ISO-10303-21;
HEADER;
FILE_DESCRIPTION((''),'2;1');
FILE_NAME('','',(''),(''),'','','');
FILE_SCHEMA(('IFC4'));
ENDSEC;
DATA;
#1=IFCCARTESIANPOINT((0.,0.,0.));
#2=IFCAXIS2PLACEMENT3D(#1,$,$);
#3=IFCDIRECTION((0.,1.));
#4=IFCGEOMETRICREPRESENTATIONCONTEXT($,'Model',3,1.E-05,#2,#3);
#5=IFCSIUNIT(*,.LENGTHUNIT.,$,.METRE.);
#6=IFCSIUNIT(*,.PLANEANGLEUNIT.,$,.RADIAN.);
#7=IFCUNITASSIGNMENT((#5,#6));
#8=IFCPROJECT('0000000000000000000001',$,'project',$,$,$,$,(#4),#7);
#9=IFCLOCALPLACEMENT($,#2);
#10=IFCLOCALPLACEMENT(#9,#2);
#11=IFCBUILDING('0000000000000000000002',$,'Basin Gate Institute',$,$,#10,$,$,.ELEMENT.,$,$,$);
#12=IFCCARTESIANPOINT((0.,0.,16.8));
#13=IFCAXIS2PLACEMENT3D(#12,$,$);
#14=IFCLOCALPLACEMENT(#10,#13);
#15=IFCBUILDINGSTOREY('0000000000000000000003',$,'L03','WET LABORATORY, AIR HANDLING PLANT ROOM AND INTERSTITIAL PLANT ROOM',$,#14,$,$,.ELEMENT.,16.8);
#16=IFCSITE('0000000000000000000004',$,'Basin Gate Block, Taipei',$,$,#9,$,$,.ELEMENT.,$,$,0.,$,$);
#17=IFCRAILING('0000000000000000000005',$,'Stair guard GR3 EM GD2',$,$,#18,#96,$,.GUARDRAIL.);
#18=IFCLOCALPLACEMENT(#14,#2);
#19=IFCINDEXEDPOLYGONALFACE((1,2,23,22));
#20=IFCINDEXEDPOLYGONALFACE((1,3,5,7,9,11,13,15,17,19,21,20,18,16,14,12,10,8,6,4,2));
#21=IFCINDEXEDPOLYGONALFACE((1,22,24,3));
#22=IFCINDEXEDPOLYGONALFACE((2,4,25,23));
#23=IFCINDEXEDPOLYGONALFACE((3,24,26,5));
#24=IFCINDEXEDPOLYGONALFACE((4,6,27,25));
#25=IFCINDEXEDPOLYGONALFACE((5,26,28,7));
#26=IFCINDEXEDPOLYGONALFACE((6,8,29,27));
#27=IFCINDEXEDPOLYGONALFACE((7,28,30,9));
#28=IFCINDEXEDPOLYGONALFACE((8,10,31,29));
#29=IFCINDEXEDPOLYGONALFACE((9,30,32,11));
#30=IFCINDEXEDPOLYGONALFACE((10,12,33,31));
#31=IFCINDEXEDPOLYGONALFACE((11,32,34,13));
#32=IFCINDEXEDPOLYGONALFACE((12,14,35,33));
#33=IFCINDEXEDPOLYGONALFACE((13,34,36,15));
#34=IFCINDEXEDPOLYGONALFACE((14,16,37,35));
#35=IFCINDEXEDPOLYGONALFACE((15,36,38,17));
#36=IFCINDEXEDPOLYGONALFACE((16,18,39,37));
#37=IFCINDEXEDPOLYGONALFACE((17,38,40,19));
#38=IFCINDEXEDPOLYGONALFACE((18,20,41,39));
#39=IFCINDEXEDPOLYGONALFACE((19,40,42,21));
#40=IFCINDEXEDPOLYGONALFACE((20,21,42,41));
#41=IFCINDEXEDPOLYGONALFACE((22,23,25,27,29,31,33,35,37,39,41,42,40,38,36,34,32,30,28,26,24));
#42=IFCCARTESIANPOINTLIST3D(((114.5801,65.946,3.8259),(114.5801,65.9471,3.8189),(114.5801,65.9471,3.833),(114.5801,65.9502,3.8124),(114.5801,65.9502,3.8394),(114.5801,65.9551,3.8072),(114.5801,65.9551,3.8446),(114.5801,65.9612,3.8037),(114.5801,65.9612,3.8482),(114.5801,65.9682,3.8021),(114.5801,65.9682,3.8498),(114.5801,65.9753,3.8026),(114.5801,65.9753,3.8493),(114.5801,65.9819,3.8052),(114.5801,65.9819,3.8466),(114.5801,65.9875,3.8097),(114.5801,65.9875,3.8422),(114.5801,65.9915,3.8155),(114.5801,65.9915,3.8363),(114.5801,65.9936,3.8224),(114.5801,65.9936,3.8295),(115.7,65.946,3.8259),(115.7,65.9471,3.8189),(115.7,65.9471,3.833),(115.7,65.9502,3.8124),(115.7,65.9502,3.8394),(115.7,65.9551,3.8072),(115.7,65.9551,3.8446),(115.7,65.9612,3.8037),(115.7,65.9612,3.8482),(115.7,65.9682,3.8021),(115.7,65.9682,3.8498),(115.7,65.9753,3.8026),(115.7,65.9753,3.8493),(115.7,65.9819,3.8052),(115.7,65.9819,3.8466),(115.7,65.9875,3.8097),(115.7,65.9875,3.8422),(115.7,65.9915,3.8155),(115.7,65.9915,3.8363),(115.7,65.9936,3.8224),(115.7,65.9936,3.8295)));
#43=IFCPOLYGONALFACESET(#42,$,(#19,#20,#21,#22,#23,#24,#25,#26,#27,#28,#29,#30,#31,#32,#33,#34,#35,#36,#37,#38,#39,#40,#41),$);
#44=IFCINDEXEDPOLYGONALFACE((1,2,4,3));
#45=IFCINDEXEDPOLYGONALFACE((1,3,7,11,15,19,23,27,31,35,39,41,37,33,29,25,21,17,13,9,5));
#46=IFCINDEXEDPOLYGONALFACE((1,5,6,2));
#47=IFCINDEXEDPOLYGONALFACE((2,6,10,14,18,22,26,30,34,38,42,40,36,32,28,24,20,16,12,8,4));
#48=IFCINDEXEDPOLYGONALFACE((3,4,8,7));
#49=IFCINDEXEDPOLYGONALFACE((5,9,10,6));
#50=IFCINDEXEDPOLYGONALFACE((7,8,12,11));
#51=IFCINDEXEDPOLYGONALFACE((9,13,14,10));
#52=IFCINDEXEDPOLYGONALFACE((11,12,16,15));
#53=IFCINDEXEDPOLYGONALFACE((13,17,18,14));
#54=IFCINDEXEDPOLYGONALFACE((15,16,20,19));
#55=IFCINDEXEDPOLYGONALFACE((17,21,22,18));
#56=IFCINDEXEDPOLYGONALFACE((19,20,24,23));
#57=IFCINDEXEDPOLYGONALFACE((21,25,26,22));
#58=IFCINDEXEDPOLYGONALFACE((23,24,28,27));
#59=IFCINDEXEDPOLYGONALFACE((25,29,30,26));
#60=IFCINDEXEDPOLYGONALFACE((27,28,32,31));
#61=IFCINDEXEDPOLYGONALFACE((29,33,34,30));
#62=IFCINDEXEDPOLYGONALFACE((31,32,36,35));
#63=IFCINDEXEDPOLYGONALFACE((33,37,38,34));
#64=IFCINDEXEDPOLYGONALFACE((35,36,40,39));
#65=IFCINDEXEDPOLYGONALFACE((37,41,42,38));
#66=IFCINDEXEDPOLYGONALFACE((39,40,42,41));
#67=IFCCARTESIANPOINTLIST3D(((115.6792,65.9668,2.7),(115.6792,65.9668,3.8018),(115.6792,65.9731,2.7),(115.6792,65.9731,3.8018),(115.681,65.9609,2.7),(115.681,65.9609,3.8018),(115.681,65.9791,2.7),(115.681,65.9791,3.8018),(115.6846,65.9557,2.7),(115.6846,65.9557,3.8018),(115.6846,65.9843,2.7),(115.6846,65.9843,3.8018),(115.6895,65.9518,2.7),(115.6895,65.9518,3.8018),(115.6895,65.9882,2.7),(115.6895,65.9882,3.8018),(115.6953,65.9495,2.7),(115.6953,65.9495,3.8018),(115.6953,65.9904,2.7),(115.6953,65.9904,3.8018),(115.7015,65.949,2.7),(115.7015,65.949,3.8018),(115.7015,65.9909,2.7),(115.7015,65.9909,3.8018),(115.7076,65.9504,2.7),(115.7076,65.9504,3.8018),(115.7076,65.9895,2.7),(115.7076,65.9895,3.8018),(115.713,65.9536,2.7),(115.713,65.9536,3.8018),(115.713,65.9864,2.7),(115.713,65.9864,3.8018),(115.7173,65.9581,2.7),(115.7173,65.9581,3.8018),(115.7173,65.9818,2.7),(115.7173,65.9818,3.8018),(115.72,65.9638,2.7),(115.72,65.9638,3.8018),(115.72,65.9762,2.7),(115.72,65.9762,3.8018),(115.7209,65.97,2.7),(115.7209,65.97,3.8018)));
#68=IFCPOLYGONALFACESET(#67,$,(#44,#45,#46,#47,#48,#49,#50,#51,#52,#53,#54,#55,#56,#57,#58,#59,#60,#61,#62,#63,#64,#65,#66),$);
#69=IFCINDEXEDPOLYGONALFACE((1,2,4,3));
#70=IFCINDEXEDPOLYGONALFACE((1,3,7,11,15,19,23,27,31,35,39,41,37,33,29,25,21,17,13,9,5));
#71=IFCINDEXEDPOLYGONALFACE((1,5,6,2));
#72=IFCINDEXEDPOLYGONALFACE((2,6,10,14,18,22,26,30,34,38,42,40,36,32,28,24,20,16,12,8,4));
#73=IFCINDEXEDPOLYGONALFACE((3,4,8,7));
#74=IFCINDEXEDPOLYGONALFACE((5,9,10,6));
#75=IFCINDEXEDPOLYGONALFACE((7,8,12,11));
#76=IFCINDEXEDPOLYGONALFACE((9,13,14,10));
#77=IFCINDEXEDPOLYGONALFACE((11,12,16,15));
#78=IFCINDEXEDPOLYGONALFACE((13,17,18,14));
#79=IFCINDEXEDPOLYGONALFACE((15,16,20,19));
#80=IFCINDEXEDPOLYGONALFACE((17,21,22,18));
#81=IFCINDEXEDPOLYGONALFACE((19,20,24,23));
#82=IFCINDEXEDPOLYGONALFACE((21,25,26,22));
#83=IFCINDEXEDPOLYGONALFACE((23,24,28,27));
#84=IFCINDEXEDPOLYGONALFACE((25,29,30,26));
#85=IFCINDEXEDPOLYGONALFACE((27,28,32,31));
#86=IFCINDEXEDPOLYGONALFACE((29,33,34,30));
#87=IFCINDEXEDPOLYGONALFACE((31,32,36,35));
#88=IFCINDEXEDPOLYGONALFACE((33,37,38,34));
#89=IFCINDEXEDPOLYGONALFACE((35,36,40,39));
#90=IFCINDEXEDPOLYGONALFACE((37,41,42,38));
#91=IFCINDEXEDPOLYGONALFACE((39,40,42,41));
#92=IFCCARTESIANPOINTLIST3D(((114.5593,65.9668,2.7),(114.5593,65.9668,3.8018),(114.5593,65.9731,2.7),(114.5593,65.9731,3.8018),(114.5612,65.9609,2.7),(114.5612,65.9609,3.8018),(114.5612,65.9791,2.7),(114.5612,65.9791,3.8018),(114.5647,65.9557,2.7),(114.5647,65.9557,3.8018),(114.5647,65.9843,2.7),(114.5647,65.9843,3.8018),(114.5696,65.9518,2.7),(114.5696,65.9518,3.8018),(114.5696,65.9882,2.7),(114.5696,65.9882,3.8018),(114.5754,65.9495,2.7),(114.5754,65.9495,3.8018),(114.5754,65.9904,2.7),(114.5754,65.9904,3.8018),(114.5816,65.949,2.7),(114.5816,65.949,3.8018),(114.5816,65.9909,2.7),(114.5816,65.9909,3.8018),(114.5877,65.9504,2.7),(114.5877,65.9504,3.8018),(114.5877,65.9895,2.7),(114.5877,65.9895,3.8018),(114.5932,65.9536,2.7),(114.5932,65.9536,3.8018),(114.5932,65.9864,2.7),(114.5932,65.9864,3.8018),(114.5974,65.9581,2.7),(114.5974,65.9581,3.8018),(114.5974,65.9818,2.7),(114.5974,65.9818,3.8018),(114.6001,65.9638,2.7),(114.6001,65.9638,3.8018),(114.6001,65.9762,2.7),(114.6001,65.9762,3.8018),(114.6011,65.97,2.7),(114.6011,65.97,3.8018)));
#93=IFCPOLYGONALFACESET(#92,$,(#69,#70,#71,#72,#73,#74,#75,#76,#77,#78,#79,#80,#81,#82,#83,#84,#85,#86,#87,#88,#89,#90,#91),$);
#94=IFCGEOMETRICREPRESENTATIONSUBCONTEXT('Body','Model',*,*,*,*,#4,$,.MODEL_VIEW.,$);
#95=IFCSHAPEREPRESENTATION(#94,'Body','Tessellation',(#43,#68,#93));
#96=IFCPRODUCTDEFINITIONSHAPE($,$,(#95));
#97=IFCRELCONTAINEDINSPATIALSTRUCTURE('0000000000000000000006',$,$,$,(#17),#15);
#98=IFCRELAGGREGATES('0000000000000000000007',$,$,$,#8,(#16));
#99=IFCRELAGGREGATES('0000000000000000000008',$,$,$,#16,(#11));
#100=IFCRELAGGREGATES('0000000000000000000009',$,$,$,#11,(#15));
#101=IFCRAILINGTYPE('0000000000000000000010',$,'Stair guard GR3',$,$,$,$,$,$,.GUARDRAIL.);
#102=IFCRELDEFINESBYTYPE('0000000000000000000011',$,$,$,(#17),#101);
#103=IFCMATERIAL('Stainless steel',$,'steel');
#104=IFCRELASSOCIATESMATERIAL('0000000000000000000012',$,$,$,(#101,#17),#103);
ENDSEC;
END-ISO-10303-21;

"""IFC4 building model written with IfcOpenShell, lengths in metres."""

from ifc_helpers import new_model, si_unit, direction, frame, origin, origin_2d, place, context, subcontext, project, spatial, circle, extrude, material, type_object, element, save


model = new_model("IFC4")

# Units and contexts
model_context = context("Model", 3, precision=1e-05, world=origin(), true_north=direction((0.0, 1.0)))
body_context = subcontext(model_context, "Body", "Model", "MODEL_VIEW")
ifc_project = project(units=[si_unit("LENGTHUNIT", "METRE"), si_unit("PLANEANGLEUNIT", "RADIAN")], contexts=[model_context])

# Site, building, storey
site_placement = place(None, origin())
site = spatial("IfcSite", under=ifc_project, at=site_placement, Name="Basin Gate Block, Taipei", CompositionType="ELEMENT", RefElevation=0.0)
building_placement = place(site_placement, origin())
building = spatial("IfcBuilding", under=site, at=building_placement, Name="Basin Gate Institute", CompositionType="ELEMENT")
storey_placement = place(building_placement, frame((0.0, 0.0, 16.8)))
storey = spatial("IfcBuildingStorey", under=building, at=storey_placement, Name="L03", Description="WET LABORATORY, AIR HANDLING PLANT ROOM AND INTERSTITIAL PLANT ROOM", CompositionType="ELEMENT", Elevation=16.8)

# Railing
ifc_material_1 = material(Name="Stainless steel", Category="steel")
railing_type_1 = type_object("IfcRailingType", Name="Stair guard GR3", PredefinedType="GUARDRAIL", material=ifc_material_1)
railing_1_placement = place(storey_placement, frame((115.7, 65.97, 2.7)))
element("IfcRailing", 1, at=railing_1_placement, inside=storey, type_object=railing_type_1, material=ifc_material_1, Name="Stair guard GR3 EM GD2", PredefinedType="GUARDRAIL", context=body_context, shape_type="SweptSolid", body=[
    extrude(circle(Radius=0.0239, at=origin_2d()), frame((0.0, 0.0, 1.126), z_axis=(-1.0, 0.0, 0.0), x_axis=(0.0, -1.0, 0.0)), (0.0, 0.0, 1.0), 1.1199),
    extrude(circle(Radius=0.021, at=origin_2d()), origin(), (0.0, 0.0, 1.0), 1.1018),
    extrude(circle(Radius=0.021, at=origin_2d()), frame((-1.1199, 0.0, 0.0)), (0.0, 0.0, 1.0), 1.1018),
])

save(model, "model.ifc")
